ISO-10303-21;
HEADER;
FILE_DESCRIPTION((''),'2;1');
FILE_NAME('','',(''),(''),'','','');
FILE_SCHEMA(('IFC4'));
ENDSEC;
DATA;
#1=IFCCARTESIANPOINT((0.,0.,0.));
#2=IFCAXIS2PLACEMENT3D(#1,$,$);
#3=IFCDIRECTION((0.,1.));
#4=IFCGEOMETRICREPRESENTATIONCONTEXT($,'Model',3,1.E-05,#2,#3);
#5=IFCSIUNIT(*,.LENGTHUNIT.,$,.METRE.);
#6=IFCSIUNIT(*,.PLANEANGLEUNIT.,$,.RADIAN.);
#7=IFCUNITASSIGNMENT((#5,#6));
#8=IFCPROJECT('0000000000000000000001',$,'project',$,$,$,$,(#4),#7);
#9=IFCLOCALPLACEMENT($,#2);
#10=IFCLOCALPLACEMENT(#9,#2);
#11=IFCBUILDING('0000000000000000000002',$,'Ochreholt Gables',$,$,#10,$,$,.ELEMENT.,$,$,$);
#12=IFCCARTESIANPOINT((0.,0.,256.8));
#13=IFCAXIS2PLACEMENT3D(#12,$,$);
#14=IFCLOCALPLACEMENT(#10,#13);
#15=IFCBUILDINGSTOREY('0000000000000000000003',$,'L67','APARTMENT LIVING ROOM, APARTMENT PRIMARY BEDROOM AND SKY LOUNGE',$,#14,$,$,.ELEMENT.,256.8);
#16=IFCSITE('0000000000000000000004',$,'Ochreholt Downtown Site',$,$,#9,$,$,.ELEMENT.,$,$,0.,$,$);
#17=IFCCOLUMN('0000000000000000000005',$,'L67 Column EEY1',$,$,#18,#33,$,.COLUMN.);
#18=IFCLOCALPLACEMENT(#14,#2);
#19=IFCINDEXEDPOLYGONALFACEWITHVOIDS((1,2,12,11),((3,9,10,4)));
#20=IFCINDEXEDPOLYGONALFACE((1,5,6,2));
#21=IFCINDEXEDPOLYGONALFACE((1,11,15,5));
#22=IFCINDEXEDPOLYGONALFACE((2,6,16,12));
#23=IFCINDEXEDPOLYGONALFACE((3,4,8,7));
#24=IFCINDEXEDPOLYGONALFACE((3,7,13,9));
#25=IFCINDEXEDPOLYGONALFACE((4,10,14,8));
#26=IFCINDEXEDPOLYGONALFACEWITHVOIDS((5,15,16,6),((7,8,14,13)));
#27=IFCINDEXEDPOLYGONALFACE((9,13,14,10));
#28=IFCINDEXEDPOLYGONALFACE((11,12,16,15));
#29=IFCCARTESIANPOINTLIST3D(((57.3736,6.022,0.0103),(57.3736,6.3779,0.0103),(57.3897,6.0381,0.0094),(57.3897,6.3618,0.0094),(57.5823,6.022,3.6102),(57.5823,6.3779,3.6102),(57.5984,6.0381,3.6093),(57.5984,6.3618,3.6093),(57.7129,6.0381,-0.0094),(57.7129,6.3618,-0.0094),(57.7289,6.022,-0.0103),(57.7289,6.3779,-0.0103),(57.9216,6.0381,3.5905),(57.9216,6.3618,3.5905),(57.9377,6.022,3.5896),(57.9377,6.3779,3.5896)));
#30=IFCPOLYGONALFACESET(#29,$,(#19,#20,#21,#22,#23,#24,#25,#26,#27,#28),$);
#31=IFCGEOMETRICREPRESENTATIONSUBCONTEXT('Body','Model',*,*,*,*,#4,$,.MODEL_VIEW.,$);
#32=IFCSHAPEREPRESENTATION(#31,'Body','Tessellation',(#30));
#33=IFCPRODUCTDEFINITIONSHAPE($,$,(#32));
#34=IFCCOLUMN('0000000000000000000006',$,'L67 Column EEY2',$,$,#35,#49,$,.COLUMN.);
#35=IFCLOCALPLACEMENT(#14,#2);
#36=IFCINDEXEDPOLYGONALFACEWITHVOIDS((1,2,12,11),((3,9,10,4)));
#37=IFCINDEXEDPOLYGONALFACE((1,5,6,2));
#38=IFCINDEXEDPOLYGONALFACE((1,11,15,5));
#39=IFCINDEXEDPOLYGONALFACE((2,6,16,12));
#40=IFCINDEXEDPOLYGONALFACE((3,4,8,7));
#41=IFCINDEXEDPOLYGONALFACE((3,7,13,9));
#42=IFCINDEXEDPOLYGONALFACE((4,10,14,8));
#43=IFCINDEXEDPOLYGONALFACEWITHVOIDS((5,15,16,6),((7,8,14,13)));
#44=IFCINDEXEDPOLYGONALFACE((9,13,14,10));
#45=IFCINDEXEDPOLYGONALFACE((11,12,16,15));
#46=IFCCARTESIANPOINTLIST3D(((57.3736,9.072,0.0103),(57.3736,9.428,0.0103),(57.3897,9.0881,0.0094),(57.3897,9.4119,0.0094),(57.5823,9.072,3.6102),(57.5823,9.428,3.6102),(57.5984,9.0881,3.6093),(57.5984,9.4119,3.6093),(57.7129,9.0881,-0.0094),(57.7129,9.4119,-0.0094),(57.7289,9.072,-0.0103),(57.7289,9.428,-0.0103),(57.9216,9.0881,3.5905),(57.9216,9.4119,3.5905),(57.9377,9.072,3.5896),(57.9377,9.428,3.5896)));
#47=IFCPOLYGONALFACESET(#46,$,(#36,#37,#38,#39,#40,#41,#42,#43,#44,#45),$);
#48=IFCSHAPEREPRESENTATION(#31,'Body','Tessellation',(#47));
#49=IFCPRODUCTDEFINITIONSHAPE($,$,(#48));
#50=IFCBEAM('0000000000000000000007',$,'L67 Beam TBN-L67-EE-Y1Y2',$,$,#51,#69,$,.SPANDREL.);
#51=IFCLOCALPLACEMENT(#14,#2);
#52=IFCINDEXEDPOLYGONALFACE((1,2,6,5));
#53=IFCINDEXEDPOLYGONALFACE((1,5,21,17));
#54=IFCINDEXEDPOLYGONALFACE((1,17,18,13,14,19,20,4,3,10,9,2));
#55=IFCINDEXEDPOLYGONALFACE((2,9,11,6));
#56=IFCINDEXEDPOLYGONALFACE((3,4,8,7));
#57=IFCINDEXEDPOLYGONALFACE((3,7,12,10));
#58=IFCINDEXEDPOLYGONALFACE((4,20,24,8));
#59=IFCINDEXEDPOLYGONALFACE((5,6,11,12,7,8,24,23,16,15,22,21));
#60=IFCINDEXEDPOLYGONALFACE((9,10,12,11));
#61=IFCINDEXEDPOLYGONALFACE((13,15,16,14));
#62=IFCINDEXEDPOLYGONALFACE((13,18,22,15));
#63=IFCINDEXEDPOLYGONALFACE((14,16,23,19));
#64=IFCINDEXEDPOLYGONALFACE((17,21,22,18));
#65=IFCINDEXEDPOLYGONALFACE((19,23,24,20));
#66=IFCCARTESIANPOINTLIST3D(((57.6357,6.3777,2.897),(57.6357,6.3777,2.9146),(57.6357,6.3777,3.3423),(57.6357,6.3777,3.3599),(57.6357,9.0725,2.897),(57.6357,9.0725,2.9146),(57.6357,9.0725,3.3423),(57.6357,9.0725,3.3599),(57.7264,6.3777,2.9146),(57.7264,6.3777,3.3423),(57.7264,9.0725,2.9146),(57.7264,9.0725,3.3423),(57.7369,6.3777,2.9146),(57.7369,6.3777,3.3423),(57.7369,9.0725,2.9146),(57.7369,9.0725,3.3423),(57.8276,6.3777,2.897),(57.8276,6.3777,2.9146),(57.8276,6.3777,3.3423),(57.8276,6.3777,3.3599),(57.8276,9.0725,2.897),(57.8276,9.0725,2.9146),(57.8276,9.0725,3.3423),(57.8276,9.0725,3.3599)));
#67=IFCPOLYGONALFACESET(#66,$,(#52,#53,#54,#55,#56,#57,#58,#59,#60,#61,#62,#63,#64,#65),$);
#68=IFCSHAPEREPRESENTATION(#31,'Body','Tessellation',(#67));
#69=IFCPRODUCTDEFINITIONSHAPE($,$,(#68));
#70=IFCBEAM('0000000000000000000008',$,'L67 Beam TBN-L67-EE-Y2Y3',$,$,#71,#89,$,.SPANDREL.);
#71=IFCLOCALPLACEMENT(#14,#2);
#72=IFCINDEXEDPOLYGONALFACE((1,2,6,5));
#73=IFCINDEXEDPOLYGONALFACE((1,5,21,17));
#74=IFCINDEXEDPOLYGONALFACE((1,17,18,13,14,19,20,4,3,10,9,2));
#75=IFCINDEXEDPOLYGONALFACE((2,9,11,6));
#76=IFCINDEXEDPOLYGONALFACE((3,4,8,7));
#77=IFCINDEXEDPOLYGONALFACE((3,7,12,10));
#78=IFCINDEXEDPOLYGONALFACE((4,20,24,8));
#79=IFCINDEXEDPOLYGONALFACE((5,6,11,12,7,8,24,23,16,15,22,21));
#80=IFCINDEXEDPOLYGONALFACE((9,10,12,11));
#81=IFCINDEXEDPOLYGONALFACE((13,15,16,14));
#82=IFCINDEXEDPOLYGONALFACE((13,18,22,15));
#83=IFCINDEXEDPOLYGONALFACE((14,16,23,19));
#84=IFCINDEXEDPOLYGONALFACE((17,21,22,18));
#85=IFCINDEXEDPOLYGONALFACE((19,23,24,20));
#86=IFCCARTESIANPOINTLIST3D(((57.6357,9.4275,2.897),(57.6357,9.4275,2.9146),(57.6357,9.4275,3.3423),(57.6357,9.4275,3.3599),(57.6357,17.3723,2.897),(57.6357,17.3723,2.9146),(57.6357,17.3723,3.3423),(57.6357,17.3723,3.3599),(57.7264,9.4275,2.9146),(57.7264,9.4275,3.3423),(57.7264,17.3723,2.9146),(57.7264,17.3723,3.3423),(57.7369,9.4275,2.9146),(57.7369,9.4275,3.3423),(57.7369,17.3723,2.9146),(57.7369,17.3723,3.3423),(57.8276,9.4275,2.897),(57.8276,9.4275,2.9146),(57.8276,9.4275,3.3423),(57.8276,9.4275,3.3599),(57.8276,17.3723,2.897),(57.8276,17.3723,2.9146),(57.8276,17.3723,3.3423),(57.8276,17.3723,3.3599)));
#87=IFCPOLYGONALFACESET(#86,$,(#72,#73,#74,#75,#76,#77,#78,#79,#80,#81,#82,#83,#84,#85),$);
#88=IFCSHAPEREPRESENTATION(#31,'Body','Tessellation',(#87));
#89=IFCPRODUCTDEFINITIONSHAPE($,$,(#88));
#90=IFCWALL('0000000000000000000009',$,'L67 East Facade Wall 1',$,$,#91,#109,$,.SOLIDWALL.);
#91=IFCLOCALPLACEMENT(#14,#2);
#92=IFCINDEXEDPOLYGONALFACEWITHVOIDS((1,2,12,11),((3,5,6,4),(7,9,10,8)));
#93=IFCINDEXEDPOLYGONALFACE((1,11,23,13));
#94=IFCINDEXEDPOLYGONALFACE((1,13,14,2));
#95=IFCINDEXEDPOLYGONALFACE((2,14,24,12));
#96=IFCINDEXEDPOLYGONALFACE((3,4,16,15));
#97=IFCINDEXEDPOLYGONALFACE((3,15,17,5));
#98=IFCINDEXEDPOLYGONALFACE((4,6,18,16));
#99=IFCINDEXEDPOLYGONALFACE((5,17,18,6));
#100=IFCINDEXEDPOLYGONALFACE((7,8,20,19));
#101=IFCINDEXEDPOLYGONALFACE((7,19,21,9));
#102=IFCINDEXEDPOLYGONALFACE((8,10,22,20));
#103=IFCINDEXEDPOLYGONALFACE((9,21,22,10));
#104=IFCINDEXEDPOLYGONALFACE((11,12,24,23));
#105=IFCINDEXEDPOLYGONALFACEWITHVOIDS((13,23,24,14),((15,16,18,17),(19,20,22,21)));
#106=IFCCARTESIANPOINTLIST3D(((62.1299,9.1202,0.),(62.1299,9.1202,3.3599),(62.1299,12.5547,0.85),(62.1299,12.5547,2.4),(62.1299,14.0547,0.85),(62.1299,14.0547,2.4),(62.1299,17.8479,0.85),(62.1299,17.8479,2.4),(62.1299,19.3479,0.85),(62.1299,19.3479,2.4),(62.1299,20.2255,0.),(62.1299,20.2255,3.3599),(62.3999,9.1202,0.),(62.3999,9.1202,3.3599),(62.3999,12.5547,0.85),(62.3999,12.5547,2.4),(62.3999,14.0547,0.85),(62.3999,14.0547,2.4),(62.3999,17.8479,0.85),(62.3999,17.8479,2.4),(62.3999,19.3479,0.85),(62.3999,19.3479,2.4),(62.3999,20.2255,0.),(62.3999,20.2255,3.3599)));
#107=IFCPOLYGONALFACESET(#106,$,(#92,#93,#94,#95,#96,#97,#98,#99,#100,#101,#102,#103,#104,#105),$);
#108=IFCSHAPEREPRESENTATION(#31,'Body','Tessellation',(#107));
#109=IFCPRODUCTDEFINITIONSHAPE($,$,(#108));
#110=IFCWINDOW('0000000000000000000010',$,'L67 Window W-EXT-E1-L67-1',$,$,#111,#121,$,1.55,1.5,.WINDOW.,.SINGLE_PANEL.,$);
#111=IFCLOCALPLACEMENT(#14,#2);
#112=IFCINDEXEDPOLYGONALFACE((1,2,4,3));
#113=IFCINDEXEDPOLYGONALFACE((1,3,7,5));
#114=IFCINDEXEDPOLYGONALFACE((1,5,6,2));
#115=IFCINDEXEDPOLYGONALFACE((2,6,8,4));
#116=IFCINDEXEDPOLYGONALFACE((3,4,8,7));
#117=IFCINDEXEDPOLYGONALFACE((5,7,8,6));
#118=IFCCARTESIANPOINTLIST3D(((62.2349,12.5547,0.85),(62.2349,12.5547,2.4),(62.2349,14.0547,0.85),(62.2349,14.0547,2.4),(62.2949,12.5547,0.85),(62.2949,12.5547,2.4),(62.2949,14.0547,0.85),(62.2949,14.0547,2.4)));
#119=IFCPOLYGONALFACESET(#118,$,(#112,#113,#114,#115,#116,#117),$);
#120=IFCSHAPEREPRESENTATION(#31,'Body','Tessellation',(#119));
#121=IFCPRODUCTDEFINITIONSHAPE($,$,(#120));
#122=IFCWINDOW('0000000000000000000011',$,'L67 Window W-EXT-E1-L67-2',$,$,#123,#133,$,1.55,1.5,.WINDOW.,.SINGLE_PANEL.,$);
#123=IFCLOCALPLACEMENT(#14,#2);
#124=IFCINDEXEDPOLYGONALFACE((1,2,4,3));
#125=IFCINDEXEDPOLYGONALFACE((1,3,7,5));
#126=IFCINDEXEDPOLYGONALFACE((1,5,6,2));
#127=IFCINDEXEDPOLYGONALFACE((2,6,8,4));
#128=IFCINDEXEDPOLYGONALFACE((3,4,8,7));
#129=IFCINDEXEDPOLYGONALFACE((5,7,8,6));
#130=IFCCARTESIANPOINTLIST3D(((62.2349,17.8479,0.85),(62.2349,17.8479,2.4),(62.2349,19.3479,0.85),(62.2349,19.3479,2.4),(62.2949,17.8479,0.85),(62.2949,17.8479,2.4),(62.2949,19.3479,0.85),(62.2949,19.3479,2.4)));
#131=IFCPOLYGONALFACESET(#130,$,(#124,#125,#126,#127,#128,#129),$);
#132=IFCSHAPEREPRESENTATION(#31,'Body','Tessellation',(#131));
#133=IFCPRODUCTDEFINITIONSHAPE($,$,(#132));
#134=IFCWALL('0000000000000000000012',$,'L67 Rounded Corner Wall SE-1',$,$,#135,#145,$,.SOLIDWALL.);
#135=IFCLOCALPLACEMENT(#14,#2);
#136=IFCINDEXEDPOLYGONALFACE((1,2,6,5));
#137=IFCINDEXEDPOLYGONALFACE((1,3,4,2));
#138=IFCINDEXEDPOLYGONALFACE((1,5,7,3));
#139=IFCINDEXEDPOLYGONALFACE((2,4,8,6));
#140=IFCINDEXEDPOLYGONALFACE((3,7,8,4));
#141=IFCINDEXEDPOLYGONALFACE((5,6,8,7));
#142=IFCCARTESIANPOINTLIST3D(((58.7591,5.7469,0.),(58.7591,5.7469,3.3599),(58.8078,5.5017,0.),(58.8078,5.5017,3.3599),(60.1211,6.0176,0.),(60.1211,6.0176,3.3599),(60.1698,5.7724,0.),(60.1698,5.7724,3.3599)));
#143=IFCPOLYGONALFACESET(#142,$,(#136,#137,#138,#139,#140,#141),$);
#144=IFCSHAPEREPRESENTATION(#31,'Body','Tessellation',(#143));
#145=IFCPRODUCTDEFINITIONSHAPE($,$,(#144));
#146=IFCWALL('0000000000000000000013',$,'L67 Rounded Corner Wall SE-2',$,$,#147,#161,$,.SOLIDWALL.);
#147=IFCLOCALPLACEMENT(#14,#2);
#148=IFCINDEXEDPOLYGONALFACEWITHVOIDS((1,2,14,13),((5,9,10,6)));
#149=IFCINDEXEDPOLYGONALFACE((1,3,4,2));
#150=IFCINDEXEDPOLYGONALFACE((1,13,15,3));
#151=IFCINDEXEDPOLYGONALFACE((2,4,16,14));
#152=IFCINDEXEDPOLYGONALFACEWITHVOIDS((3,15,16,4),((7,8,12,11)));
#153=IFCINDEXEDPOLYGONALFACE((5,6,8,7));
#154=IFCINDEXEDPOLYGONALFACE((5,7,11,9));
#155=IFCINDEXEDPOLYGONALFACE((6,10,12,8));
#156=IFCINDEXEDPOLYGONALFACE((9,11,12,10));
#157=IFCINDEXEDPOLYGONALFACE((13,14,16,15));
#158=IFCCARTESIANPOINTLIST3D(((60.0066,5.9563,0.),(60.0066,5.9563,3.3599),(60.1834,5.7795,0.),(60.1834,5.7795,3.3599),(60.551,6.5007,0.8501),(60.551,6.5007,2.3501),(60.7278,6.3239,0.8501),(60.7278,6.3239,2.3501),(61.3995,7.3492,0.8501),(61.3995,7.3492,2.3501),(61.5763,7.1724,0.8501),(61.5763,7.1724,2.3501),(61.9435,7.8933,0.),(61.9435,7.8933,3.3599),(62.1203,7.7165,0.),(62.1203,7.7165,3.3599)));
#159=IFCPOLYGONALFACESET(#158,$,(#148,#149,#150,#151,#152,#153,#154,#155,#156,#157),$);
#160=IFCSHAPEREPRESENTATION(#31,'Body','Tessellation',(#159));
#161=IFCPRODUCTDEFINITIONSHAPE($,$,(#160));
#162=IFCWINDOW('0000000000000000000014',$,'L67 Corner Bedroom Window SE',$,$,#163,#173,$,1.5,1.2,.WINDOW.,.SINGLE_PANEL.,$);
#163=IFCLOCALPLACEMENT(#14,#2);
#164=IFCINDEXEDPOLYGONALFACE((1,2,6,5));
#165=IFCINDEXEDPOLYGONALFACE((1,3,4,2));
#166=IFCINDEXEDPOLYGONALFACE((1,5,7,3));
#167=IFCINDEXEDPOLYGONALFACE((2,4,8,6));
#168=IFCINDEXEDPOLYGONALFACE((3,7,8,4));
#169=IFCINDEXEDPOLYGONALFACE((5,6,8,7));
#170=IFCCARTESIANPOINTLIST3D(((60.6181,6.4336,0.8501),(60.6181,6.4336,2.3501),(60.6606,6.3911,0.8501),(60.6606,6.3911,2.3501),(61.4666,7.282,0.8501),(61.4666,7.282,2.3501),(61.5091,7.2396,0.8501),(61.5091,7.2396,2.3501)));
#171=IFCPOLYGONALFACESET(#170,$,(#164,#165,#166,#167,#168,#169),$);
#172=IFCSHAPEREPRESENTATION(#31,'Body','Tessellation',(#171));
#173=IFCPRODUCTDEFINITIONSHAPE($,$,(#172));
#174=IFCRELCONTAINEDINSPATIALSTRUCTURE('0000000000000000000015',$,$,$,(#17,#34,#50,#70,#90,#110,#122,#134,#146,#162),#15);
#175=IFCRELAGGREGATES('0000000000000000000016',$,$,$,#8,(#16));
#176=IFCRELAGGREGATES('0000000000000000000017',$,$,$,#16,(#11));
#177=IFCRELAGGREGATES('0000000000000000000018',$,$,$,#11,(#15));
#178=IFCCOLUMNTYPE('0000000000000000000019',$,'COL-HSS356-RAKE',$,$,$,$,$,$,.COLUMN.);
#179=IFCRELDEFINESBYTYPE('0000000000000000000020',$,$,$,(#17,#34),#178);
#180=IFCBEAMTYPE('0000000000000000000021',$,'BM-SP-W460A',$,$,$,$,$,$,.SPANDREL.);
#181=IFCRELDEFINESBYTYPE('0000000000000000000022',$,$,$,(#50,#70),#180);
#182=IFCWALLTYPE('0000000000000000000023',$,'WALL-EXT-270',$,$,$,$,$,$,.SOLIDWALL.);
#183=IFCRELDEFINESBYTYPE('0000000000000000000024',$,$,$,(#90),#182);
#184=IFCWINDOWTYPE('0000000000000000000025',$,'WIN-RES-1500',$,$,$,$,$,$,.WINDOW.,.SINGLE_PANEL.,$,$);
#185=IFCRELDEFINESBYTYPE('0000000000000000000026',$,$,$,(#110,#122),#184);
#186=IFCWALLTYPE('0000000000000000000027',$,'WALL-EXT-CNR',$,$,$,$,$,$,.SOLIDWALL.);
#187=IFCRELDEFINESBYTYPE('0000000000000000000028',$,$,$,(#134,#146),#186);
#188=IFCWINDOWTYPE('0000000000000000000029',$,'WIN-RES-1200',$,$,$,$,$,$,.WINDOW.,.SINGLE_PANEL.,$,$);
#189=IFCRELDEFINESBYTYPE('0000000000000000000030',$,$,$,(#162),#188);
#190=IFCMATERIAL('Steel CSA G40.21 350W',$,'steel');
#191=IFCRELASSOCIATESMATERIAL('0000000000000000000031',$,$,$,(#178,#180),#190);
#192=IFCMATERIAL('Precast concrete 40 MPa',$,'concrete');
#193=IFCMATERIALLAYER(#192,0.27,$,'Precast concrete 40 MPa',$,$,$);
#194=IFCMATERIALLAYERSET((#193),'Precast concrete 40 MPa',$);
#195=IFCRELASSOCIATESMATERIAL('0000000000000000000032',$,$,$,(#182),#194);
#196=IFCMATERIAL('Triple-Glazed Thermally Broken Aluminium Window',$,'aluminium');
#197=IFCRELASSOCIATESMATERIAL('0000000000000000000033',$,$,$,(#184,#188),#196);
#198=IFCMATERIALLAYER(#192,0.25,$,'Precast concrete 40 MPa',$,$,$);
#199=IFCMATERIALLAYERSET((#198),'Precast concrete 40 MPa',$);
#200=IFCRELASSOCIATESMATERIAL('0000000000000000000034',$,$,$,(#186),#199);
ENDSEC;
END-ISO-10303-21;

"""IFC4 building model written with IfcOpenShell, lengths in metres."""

from ifc_helpers import new_model, si_unit, direction, frame, frame_2d, origin, origin_2d, place, context, subcontext, project, spatial, rectangle, hollow_rectangle, i_section, extrude, material, layer, layer_set, material_profile, profile_set, type_object, element, fill, save


model = new_model("IFC4")

# Units and contexts
model_context = context("Model", 3, precision=1e-05, world=origin(), true_north=direction((0.0, 1.0)))
body_context = subcontext(model_context, "Body", "Model", "MODEL_VIEW")
ifc_project = project(units=[si_unit("LENGTHUNIT", "METRE"), si_unit("PLANEANGLEUNIT", "RADIAN")], contexts=[model_context])

# Site, building, storey
site_placement = place(None, origin())
site = spatial("IfcSite", under=ifc_project, at=site_placement, Name="Ochreholt Downtown Site", CompositionType="ELEMENT", RefElevation=0.0)
building_placement = place(site_placement, origin())
building = spatial("IfcBuilding", under=site, at=building_placement, Name="Ochreholt Gables", CompositionType="ELEMENT")
storey_placement = place(building_placement, frame((0.0, 0.0, 256.8)))
storey = spatial("IfcBuildingStorey", under=building, at=storey_placement, Name="L67", Description="APARTMENT LIVING ROOM, APARTMENT PRIMARY BEDROOM AND SKY LOUNGE", CompositionType="ELEMENT", Elevation=256.8)

# Columns
ifc_material_1 = material(Name="Steel CSA G40.21 350W", Category="steel")
ifc_material_profile_1 = material_profile(ifc_material_1, hollow_rectangle(XDim=0.356, YDim=0.356, WallThickness=0.0161, at=origin_2d()), Name="HSS356X356X16")
ifc_profile_set_1 = profile_set([ifc_material_profile_1], Name="Steel CSA G40.21 350W")
column_type = type_object("IfcColumnType", Name="COL-HSS356-RAKE", PredefinedType="COLUMN", material=ifc_profile_set_1)
for number, where, z_axis, x_axis, name in (
    (1, (57.5513, 6.2, 0.0), (0.057889, 0.0, 0.998323), (0.0, 1.0, 0.0), "L67 Column EEY1"),
    (2, (57.5513, 9.25, 0.0), (0.057889, 0.0, 0.998323), (0.0, 1.0, 0.0), "L67 Column EEY2"),
):
    element("IfcColumn", number, at=place(storey_placement, frame(where, z_axis=z_axis, x_axis=x_axis)), inside=storey, type_object=column_type, Name=name, PredefinedType="COLUMN", context=body_context, shape_type="SweptSolid", body=[
        extrude(hollow_rectangle(XDim=0.356, YDim=0.356, WallThickness=0.0161, at=origin_2d()), origin(), (0.0, 0.0, 1.0), 3.606),
    ])

# Beams
ifc_material_profile_2 = material_profile(ifc_material_1, i_section(OverallWidth=0.1919, OverallDepth=0.4629, WebThickness=0.0105, FlangeThickness=0.0176, at=origin_2d()), Name="W460X89")
ifc_profile_set_2 = profile_set([ifc_material_profile_2], Name="Steel CSA G40.21 350W")
beam_type = type_object("IfcBeamType", Name="BM-SP-W460A", PredefinedType="SPANDREL", material=ifc_profile_set_2)
beam_1_placement = place(storey_placement, frame((57.7317, 6.3777, 3.1284), z_axis=(0.0, 1.0, 0.0), x_axis=(-1.0, 0.0, 0.0)))
element("IfcBeam", 3, at=beam_1_placement, inside=storey, type_object=beam_type, Name="L67 Beam TBN-L67-EE-Y1Y2", PredefinedType="SPANDREL", context=body_context, shape_type="SweptSolid", body=[
    extrude(i_section(OverallWidth=0.1919, OverallDepth=0.4629, WebThickness=0.0105, FlangeThickness=0.0176, at=origin_2d()), origin(), (0.0, 0.0, 1.0), 2.6948),
])
beam_2_placement = place(storey_placement, frame((57.7317, 9.4275, 3.1284), z_axis=(0.0, 1.0, 0.0), x_axis=(-1.0, 0.0, 0.0)))
element("IfcBeam", 4, at=beam_2_placement, inside=storey, type_object=beam_type, Name="L67 Beam TBN-L67-EE-Y2Y3", PredefinedType="SPANDREL", context=body_context, shape_type="SweptSolid", body=[
    extrude(i_section(OverallWidth=0.1919, OverallDepth=0.4629, WebThickness=0.0105, FlangeThickness=0.0176, at=origin_2d()), origin(), (0.0, 0.0, 1.0), 7.9448),
])

# Wall, openings, windows
ifc_material_2 = material(Name="Precast concrete 40 MPa", Category="concrete")
ifc_layer_1 = layer(ifc_material_2, 0.27, Name="Precast concrete 40 MPa")
ifc_layer_set_1 = layer_set([ifc_layer_1], Name="Precast concrete 40 MPa")
wall_type_1 = type_object("IfcWallType", Name="WALL-EXT-270", PredefinedType="SOLIDWALL", material=ifc_layer_set_1)
wall_1_placement = place(storey_placement, frame((62.2649, 9.1201, 0.0), z_axis=(0.0, 0.0, 1.0), x_axis=(0.0, 1.0, 0.0)))
wall_1 = element("IfcWall", 5, at=wall_1_placement, inside=storey, type_object=wall_type_1, Name="L67 East Facade Wall 1", PredefinedType="SOLIDWALL", context=body_context, shape_type="SweptSolid", body=[
    extrude(rectangle(XDim=11.1052, YDim=0.27, at=frame_2d((5.5527, 0.0))), origin(), (0.0, 0.0, 1.0), 3.3599),
])
opening_1_placement = place(wall_1_placement, frame((3.4346, 0.0, 0.8501)))
opening_1 = element("IfcOpeningElement", 6, at=opening_1_placement, cuts=wall_1, PredefinedType="OPENING", context=body_context, shape_type="SweptSolid", body=[
    extrude(rectangle(XDim=1.5, YDim=1.55, at=frame_2d((0.75, 0.7749))), frame((0.0, 0.145, 0.0), z_axis=(0.0, -1.0, 0.0), x_axis=(1.0, 0.0, 0.0)), (0.0, 0.0, 1.0), 0.29),
])
opening_2_placement = place(wall_1_placement, frame((8.7278, 0.0, 0.8501)))
opening_2 = element("IfcOpeningElement", 7, at=opening_2_placement, cuts=wall_1, PredefinedType="OPENING", context=body_context, shape_type="SweptSolid", body=[
    extrude(rectangle(XDim=1.5, YDim=1.55, at=frame_2d((0.75, 0.7749))), frame((0.0, 0.145, 0.0), z_axis=(0.0, -1.0, 0.0), x_axis=(1.0, 0.0, 0.0)), (0.0, 0.0, 1.0), 0.29),
])
ifc_material_3 = material(Name="Triple-Glazed Thermally Broken Aluminium Window", Category="aluminium")
window_type_1 = type_object("IfcWindowType", Name="WIN-RES-1500", PartitioningType="SINGLE_PANEL", PredefinedType="WINDOW", material=ifc_material_3)
window_1_placement = place(opening_1_placement, origin())
window_1 = element("IfcWindow", 8, at=window_1_placement, inside=storey, type_object=window_type_1, Name="L67 Window W-EXT-E1-L67-1", OverallHeight=1.55, OverallWidth=1.5, PartitioningType="SINGLE_PANEL", PredefinedType="WINDOW", context=body_context, shape_type="SweptSolid", body=[
    extrude(rectangle(XDim=1.5, YDim=1.55, at=frame_2d((0.75, 0.7749))), frame((0.0, 0.03, 0.0), z_axis=(0.0, -1.0, 0.0), x_axis=(1.0, 0.0, 0.0)), (0.0, 0.0, 1.0), 0.0601),
])
fill(opening_1, window_1)
window_2_placement = place(opening_2_placement, origin())
window_2 = element("IfcWindow", 9, at=window_2_placement, inside=storey, type_object=window_type_1, Name="L67 Window W-EXT-E1-L67-2", OverallHeight=1.55, OverallWidth=1.5, PartitioningType="SINGLE_PANEL", PredefinedType="WINDOW", context=body_context, shape_type="SweptSolid", body=[
    extrude(rectangle(XDim=1.5, YDim=1.55, at=frame_2d((0.75, 0.7749))), frame((0.0, 0.03, 0.0), z_axis=(0.0, -1.0, 0.0), x_axis=(1.0, 0.0, 0.0)), (0.0, 0.0, 1.0), 0.0601),
])
fill(opening_2, window_2)

# Wall
ifc_layer_2 = layer(ifc_material_2, 0.25, Name="Precast concrete 40 MPa")
ifc_layer_set_2 = layer_set([ifc_layer_2], Name="Precast concrete 40 MPa")
wall_type_2 = type_object("IfcWallType", Name="WALL-EXT-CNR", PredefinedType="SOLIDWALL", material=ifc_layer_set_2)
wall_2_placement = place(storey_placement, frame((58.7834, 5.6243, 0.0), z_axis=(0.0, 0.0, 1.0), x_axis=(0.98081, 0.194967, 0.0)))
element("IfcWall", 10, at=wall_2_placement, inside=storey, type_object=wall_type_2, Name="L67 Rounded Corner Wall SE-1", PredefinedType="SOLIDWALL", context=body_context, shape_type="SweptSolid", body=[
    extrude(rectangle(XDim=1.3887, YDim=0.25, at=frame_2d((0.6943, 0.0))), origin(), (0.0, 0.0, 1.0), 3.3599),
])

# Wall, opening, window
wall_3_placement = place(storey_placement, frame((60.095, 5.8679, 0.0), z_axis=(0.0, 0.0, 1.0), x_axis=(0.707107, 0.707107, 0.0)))
wall_3 = element("IfcWall", 11, at=wall_3_placement, inside=storey, type_object=wall_type_2, Name="L67 Rounded Corner Wall SE-2", PredefinedType="SOLIDWALL", context=body_context, shape_type="SweptSolid", body=[
    extrude(rectangle(XDim=2.7393, YDim=0.25, at=frame_2d((1.3696, 0.0))), origin(), (0.0, 0.0, 1.0), 3.3599),
])
opening_3_placement = place(wall_3_placement, frame((0.7698, 0.0, 0.8501)))
opening_3 = element("IfcOpeningElement", 12, at=opening_3_placement, cuts=wall_3, PredefinedType="OPENING", context=body_context, shape_type="SweptSolid", body=[
    extrude(rectangle(XDim=1.2, YDim=1.5, at=frame_2d((0.6001, 0.75))), frame((0.0, 0.135, 0.0), z_axis=(0.0, -1.0, 0.0), x_axis=(1.0, 0.0, 0.0)), (0.0, 0.0, 1.0), 0.27),
])
window_type_2 = type_object("IfcWindowType", Name="WIN-RES-1200", PartitioningType="SINGLE_PANEL", PredefinedType="WINDOW", material=ifc_material_3)
window_3_placement = place(opening_3_placement, origin())
window_3 = element("IfcWindow", 13, at=window_3_placement, inside=storey, type_object=window_type_2, Name="L67 Corner Bedroom Window SE", OverallHeight=1.5, OverallWidth=1.2, PartitioningType="SINGLE_PANEL", PredefinedType="WINDOW", context=body_context, shape_type="SweptSolid", body=[
    extrude(rectangle(XDim=1.2, YDim=1.5, at=frame_2d((0.6001, 0.75))), frame((0.0, 0.03, 0.0), z_axis=(0.0, -1.0, 0.0), x_axis=(1.0, 0.0, 0.0)), (0.0, 0.0, 1.0), 0.0601),
])
fill(opening_3, window_3)

save(model, "model.ifc")
